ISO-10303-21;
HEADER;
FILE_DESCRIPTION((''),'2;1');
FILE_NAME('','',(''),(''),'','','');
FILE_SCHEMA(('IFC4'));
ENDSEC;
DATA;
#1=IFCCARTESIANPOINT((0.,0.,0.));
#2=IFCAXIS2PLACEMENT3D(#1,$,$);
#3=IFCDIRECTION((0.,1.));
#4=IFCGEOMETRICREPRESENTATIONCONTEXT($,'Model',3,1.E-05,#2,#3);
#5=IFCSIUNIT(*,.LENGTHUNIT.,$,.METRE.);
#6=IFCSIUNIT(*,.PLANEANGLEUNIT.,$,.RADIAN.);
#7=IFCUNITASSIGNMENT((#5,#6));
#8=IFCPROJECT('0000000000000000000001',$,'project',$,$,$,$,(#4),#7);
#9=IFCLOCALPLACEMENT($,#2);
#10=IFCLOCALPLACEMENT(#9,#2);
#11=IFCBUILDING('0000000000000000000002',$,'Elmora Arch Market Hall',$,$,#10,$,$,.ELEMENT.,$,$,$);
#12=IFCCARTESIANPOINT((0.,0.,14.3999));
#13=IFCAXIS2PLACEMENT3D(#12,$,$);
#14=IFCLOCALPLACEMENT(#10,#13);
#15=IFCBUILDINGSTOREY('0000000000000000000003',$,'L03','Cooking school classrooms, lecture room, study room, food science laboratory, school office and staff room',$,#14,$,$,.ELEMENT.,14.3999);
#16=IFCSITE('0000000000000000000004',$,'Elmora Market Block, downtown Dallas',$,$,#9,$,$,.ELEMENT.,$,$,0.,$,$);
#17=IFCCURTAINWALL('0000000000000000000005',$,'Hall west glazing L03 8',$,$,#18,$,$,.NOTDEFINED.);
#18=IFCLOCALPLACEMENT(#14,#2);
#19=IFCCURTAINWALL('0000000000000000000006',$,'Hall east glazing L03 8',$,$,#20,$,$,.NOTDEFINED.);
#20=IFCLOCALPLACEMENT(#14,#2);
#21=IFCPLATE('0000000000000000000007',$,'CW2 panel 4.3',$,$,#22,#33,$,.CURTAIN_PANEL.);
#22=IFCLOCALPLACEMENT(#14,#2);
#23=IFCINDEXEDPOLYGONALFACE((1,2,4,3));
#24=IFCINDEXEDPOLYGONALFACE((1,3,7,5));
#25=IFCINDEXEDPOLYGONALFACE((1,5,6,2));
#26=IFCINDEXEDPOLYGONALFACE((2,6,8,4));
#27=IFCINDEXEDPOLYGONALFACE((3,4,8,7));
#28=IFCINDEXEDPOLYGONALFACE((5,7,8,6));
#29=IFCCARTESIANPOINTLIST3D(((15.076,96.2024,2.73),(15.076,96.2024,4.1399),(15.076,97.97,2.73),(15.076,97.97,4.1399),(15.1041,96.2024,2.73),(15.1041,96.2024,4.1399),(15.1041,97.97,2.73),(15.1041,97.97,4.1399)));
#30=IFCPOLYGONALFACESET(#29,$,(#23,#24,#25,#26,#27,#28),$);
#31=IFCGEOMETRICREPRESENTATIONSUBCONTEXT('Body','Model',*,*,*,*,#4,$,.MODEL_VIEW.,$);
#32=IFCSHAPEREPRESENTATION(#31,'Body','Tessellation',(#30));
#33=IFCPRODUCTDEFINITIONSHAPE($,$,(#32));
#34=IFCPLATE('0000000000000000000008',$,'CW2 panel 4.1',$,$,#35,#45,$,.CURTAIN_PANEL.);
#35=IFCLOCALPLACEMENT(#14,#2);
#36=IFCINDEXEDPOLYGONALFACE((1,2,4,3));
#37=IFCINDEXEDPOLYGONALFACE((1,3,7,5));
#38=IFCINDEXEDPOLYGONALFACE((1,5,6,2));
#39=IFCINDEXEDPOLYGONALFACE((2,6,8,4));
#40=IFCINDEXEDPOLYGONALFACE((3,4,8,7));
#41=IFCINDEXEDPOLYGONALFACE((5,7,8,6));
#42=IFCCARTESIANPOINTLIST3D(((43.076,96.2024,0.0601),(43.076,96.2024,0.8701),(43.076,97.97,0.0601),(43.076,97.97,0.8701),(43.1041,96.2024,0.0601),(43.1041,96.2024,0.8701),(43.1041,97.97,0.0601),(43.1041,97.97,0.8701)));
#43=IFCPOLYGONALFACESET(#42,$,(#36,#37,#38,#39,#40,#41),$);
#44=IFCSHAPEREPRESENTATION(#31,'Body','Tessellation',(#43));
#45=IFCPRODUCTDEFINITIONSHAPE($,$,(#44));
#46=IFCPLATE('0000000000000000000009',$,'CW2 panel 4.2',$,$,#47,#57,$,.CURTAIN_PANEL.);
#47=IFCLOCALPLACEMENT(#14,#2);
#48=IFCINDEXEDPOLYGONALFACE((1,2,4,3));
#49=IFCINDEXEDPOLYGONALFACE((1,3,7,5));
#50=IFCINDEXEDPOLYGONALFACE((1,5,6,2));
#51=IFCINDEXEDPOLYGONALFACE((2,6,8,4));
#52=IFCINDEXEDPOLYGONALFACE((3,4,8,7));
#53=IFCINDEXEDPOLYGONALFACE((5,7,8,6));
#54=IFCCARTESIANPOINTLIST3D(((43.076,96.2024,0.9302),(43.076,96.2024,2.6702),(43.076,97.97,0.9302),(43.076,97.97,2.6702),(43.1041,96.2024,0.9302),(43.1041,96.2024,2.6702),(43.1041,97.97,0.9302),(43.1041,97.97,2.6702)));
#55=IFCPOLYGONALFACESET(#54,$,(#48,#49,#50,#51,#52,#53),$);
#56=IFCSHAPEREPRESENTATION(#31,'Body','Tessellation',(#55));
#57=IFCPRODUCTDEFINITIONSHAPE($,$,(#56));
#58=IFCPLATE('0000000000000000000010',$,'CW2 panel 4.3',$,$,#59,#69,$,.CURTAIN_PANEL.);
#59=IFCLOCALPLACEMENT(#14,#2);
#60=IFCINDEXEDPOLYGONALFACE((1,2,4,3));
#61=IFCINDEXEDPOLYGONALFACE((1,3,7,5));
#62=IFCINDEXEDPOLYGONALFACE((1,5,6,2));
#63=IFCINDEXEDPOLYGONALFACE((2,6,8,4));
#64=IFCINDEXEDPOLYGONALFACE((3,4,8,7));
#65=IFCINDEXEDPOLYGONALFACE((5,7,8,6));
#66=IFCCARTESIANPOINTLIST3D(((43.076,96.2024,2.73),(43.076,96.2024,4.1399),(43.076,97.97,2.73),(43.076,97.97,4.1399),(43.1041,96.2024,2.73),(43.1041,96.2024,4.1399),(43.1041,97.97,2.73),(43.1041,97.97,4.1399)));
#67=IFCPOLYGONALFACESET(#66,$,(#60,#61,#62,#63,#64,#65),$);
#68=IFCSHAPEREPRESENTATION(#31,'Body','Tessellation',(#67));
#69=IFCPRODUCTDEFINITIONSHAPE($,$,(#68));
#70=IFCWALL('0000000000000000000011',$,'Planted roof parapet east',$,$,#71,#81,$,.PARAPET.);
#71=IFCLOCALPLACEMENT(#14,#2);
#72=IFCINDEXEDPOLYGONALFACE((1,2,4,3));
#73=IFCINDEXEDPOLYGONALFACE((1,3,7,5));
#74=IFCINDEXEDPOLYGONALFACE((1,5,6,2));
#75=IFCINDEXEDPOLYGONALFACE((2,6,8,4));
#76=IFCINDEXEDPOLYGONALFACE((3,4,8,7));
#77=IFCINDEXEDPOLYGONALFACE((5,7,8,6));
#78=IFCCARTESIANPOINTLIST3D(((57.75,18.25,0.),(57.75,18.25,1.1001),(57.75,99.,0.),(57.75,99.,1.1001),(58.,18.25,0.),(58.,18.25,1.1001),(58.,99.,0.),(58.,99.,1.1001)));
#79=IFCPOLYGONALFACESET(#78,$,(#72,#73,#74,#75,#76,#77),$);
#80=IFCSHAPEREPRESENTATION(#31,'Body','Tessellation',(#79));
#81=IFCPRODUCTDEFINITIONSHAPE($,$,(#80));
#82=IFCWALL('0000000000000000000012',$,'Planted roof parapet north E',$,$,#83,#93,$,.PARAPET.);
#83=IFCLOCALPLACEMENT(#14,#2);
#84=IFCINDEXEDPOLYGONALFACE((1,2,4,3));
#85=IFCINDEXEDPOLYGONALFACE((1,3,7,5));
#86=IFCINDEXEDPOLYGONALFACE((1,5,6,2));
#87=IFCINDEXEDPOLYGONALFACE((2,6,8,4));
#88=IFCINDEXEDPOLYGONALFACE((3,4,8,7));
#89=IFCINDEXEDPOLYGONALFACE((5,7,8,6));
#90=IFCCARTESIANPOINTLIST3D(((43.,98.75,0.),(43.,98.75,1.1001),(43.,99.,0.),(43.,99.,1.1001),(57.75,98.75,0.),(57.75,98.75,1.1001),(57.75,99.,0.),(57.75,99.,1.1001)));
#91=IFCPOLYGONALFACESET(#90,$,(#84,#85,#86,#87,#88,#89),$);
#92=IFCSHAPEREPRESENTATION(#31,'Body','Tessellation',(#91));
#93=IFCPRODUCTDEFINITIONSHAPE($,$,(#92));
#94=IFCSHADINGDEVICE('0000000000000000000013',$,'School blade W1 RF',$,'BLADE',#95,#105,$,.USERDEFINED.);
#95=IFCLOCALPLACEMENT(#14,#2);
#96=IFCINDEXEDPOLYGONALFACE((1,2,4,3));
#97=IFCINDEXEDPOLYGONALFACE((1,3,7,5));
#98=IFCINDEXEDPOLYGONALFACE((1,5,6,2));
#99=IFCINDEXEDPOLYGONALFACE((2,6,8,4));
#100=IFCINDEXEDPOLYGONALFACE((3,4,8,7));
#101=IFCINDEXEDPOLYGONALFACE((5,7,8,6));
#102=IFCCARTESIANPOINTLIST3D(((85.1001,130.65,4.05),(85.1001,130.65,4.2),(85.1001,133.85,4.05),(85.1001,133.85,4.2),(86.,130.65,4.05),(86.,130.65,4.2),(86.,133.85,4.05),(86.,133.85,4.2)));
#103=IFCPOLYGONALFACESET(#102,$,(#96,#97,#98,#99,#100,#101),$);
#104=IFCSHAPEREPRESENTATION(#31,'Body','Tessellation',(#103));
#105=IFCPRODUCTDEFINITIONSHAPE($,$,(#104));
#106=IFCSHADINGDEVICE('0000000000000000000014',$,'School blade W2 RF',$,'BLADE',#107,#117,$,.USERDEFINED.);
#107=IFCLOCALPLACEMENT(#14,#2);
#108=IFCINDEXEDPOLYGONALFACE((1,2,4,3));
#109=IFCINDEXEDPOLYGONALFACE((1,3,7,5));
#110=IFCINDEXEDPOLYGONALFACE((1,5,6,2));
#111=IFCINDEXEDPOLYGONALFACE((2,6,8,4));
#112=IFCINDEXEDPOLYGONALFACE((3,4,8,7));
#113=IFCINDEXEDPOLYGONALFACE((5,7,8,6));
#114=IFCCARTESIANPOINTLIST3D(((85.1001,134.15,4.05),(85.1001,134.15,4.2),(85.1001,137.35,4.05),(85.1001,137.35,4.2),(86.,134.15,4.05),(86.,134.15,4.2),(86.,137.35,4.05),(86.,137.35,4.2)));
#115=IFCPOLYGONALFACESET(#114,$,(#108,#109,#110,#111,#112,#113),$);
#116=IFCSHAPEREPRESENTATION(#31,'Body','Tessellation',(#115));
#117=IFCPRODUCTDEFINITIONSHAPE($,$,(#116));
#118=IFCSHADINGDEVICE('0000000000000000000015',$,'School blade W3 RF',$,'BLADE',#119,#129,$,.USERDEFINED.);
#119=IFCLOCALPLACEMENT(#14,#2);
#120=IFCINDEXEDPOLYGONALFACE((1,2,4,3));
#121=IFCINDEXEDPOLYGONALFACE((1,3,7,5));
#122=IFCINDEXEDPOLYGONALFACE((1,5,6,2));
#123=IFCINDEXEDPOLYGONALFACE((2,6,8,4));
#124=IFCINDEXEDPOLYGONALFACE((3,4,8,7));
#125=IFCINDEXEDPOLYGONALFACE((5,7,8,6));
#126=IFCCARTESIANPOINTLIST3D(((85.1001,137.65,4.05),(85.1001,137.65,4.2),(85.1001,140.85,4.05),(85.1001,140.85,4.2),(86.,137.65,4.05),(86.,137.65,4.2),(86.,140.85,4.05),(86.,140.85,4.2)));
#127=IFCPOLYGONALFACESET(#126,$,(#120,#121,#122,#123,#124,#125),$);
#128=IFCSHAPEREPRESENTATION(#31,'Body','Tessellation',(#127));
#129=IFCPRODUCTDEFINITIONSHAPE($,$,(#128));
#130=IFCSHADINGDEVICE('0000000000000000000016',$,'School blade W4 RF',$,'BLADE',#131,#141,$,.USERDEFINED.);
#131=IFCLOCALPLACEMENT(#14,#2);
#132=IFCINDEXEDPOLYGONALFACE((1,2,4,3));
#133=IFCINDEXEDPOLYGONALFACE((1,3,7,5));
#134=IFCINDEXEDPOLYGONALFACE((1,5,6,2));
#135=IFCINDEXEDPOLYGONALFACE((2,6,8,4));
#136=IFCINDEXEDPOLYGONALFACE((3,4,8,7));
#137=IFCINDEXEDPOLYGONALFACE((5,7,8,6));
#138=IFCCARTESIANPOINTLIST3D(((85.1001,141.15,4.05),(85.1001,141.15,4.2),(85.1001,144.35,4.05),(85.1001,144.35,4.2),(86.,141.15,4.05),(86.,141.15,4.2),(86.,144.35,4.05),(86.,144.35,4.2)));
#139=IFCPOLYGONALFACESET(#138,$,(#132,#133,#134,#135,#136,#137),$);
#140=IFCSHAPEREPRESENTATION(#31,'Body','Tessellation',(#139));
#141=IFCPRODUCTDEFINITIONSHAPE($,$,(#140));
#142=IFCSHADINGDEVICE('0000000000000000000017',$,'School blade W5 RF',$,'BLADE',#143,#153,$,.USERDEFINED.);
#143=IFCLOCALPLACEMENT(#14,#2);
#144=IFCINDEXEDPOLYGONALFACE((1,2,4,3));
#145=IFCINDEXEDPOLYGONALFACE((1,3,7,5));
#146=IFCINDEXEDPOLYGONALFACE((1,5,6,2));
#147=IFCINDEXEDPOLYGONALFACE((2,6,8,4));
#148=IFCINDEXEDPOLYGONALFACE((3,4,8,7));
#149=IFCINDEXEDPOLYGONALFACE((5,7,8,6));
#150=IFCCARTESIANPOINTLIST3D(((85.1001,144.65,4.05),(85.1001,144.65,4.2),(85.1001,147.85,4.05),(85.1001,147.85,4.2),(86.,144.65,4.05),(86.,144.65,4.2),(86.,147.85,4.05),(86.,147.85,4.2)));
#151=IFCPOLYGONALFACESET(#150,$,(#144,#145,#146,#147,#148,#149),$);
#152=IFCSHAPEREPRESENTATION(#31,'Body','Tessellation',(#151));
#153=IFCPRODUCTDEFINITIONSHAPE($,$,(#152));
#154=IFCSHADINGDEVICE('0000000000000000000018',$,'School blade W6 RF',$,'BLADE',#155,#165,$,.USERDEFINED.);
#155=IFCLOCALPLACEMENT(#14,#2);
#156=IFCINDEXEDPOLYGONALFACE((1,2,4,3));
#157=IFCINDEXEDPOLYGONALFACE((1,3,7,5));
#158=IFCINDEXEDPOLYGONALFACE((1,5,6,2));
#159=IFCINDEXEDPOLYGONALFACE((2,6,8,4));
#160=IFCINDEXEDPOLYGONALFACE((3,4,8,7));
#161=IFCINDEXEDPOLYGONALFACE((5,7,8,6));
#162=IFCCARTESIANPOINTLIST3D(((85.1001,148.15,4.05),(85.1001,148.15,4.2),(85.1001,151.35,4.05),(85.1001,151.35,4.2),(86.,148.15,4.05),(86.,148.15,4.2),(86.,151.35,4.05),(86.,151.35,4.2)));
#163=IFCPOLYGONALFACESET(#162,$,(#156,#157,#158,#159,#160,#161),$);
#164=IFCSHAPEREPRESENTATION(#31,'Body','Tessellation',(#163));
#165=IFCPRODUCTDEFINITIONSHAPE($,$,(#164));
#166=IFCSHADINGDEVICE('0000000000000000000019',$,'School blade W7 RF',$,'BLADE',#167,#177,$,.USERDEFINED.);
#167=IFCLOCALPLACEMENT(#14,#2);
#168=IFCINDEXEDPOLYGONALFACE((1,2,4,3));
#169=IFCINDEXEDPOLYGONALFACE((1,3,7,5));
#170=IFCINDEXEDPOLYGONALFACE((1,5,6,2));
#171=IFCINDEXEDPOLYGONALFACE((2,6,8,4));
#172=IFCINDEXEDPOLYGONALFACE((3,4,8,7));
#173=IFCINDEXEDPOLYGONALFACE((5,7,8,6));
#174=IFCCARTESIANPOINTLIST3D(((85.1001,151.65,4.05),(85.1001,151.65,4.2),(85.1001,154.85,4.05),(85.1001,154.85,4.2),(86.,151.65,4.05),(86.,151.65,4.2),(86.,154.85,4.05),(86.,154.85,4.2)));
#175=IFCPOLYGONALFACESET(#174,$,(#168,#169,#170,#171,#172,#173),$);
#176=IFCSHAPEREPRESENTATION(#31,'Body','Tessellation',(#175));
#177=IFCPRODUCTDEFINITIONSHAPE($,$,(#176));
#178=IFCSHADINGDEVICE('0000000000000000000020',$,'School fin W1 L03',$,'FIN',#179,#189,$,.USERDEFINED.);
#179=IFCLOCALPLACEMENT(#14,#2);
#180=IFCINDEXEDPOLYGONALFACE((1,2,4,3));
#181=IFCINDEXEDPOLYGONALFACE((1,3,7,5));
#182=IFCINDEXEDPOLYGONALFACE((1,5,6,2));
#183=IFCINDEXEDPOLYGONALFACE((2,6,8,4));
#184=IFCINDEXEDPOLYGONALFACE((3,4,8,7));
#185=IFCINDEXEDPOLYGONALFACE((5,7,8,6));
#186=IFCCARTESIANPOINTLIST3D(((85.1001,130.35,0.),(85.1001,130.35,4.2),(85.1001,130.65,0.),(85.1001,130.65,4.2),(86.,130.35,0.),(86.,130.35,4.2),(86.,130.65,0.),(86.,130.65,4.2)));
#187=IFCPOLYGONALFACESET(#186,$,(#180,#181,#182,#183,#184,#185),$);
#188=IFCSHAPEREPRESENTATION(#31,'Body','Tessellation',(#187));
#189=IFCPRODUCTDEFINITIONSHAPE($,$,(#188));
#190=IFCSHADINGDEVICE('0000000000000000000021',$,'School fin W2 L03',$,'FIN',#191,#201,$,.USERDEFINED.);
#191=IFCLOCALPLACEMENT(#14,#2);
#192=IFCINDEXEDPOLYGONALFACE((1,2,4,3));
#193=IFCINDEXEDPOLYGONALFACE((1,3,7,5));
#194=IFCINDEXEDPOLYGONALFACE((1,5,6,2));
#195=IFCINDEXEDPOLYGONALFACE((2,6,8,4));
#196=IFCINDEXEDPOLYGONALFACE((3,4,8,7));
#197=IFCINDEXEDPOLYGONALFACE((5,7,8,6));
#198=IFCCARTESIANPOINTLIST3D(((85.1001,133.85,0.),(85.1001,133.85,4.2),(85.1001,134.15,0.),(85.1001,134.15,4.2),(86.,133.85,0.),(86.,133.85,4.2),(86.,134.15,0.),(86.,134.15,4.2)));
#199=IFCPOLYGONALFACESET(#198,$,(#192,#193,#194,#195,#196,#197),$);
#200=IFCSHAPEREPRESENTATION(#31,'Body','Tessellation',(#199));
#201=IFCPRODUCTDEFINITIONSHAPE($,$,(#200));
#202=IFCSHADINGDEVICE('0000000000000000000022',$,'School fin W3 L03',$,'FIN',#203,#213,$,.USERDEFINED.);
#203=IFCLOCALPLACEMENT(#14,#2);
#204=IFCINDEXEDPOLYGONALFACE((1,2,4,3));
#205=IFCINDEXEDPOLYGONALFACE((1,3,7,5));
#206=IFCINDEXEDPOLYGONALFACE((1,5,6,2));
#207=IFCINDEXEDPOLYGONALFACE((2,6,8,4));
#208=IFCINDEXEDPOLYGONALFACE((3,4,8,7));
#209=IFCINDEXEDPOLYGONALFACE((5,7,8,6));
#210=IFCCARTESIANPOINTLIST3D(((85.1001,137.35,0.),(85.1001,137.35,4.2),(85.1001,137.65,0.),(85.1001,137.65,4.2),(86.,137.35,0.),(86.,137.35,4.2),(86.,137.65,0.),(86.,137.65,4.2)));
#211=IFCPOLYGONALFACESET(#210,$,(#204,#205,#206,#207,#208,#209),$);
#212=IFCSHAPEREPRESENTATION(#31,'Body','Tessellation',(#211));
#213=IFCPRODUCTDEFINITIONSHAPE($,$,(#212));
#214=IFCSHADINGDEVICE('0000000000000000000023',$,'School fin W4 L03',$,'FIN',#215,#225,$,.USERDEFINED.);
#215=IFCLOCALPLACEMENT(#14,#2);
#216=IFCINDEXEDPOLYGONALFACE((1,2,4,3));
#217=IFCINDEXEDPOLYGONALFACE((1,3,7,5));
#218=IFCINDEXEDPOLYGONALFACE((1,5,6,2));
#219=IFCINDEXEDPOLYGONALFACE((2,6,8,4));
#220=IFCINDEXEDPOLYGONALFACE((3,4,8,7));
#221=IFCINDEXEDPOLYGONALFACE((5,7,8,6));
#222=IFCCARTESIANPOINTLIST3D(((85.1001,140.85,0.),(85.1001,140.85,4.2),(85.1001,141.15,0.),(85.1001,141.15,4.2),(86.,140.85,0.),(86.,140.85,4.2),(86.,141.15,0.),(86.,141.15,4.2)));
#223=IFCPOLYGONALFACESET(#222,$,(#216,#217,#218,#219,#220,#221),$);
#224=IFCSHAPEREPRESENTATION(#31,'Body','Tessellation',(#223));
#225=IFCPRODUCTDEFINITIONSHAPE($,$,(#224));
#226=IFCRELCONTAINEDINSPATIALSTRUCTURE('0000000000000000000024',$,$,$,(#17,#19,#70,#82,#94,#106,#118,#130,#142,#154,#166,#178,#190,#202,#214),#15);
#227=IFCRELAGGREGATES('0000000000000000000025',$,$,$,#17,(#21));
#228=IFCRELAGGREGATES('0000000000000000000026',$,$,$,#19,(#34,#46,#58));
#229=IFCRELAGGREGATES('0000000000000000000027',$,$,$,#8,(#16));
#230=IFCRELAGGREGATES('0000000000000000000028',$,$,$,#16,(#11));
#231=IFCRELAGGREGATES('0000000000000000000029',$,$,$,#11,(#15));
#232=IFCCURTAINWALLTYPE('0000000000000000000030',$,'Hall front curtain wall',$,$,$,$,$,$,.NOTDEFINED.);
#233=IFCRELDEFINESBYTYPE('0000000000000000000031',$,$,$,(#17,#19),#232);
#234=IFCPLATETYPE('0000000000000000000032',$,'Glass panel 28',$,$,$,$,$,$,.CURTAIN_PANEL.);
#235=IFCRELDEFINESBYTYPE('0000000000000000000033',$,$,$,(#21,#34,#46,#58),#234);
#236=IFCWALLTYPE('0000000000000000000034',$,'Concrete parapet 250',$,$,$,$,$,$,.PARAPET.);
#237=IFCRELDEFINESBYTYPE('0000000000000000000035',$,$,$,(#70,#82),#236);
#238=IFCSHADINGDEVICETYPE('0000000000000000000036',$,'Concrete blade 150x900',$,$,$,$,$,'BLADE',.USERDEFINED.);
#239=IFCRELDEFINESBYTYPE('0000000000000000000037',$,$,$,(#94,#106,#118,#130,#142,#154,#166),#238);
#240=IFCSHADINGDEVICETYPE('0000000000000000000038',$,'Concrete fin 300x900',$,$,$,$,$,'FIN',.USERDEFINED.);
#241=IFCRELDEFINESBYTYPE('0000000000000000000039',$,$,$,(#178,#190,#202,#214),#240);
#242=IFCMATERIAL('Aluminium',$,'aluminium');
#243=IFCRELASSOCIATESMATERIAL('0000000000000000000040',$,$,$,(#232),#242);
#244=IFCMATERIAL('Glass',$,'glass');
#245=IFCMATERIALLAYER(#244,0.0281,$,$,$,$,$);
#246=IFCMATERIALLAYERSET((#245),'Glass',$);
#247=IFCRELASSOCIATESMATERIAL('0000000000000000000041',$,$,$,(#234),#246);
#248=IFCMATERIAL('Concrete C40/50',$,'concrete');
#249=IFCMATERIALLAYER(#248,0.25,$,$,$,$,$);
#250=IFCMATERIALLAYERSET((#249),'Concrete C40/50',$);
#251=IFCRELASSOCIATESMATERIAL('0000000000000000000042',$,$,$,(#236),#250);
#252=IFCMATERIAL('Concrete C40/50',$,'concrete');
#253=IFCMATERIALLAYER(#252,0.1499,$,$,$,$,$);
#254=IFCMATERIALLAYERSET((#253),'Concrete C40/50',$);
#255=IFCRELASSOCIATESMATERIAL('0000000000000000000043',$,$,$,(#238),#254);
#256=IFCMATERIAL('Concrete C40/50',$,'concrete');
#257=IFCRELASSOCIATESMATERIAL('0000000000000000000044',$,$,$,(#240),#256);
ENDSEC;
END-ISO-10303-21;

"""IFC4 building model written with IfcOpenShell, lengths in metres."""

from ifc_helpers import new_model, si_unit, direction, frame, frame_2d, origin, origin_2d, place, context, subcontext, project, spatial, rectangle, extrude, material, layer, layer_set, type_object, element, aggregate, save


model = new_model("IFC4")

# Units and contexts
model_context = context("Model", 3, precision=1e-05, world=origin(), true_north=direction((0.0, 1.0)))
body_context = subcontext(model_context, "Body", "Model", "MODEL_VIEW")
ifc_project = project(units=[si_unit("LENGTHUNIT", "METRE"), si_unit("PLANEANGLEUNIT", "RADIAN")], contexts=[model_context])

# Site, building, storey
site_placement = place(None, origin())
site = spatial("IfcSite", under=ifc_project, at=site_placement, Name="Elmora Market Block, downtown Dallas", CompositionType="ELEMENT", RefElevation=0.0)
building_placement = place(site_placement, origin())
building = spatial("IfcBuilding", under=site, at=building_placement, Name="Elmora Arch Market Hall", CompositionType="ELEMENT")
storey_placement = place(building_placement, frame((0.0, 0.0, 14.3999)))
storey = spatial("IfcBuildingStorey", under=building, at=storey_placement, Name="L03", Description="Cooking school classrooms, lecture room, study room, food science laboratory, school office and staff room", CompositionType="ELEMENT", Elevation=14.3999)

# Curtain walls
ifc_material_1 = material(Name="Aluminium", Category="aluminium")
curtain_wall_type = type_object("IfcCurtainWallType", Name="Hall front curtain wall", PredefinedType="NOTDEFINED", material=ifc_material_1)
curtain_wall_1_placement = place(storey_placement, origin())
curtain_wall_1 = element("IfcCurtainWall", 1, at=curtain_wall_1_placement, inside=storey, type_object=curtain_wall_type, Name="Hall west glazing L03 8", PredefinedType="NOTDEFINED")
curtain_wall_2_placement = place(storey_placement, origin())
curtain_wall_2 = element("IfcCurtainWall", 2, at=curtain_wall_2_placement, inside=storey, type_object=curtain_wall_type, Name="Hall east glazing L03 8", PredefinedType="NOTDEFINED")

# Plates
ifc_material_2 = material(Name="Glass", Category="glass")
ifc_layer_1 = layer(ifc_material_2, 0.0281)
ifc_layer_set_1 = layer_set([ifc_layer_1], Name="Glass")
plate_type = type_object("IfcPlateType", Name="Glass panel 28", PredefinedType="CURTAIN_PANEL", material=ifc_layer_set_1)
plate_1_placement = place(storey_placement, frame((15.0901, 97.0862, 2.73), z_axis=(0.0, 0.0, 1.0), x_axis=(0.0, 1.0, 0.0)))
plate_1 = element("IfcPlate", 3, at=plate_1_placement, type_object=plate_type, Name="CW2 panel 4.3", PredefinedType="CURTAIN_PANEL", context=body_context, shape_type="SweptSolid", body=[
    extrude(rectangle(XDim=1.7676, YDim=0.0281, at=origin_2d()), origin(), (0.0, 0.0, 1.0), 1.4099),
])
aggregate(curtain_wall_1, [plate_1])
plate_2_placement = place(storey_placement, frame((43.0901, 97.0862, 0.0601), z_axis=(0.0, 0.0, 1.0), x_axis=(0.0, 1.0, 0.0)))
plate_2 = element("IfcPlate", 4, at=plate_2_placement, type_object=plate_type, Name="CW2 panel 4.1", PredefinedType="CURTAIN_PANEL", context=body_context, shape_type="SweptSolid", body=[
    extrude(rectangle(XDim=1.7676, YDim=0.0281, at=origin_2d()), origin(), (0.0, 0.0, 1.0), 0.8101),
])
plate_3_placement = place(storey_placement, frame((43.0901, 97.0862, 0.9302), z_axis=(0.0, 0.0, 1.0), x_axis=(0.0, 1.0, 0.0)))
plate_3 = element("IfcPlate", 5, at=plate_3_placement, type_object=plate_type, Name="CW2 panel 4.2", PredefinedType="CURTAIN_PANEL", context=body_context, shape_type="SweptSolid", body=[
    extrude(rectangle(XDim=1.7676, YDim=0.0281, at=origin_2d()), origin(), (0.0, 0.0, 1.0), 1.74),
])
plate_4_placement = place(storey_placement, frame((43.0901, 97.0862, 2.73), z_axis=(0.0, 0.0, 1.0), x_axis=(0.0, 1.0, 0.0)))
plate_4 = element("IfcPlate", 6, at=plate_4_placement, type_object=plate_type, Name="CW2 panel 4.3", PredefinedType="CURTAIN_PANEL", context=body_context, shape_type="SweptSolid", body=[
    extrude(rectangle(XDim=1.7676, YDim=0.0281, at=origin_2d()), origin(), (0.0, 0.0, 1.0), 1.4099),
])
aggregate(curtain_wall_2, [plate_2, plate_3, plate_4])

# Walls
ifc_material_3 = material(Name="Concrete C40/50", Category="concrete")
ifc_layer_2 = layer(ifc_material_3, 0.25)
ifc_layer_set_2 = layer_set([ifc_layer_2], Name="Concrete C40/50")
wall_type = type_object("IfcWallType", Name="Concrete parapet 250", PredefinedType="PARAPET", material=ifc_layer_set_2)
wall_1_placement = place(storey_placement, frame((57.875, 99.0, 0.0), z_axis=(0.0, 0.0, 1.0), x_axis=(0.0, -1.0, 0.0)))
element("IfcWall", 7, at=wall_1_placement, inside=storey, type_object=wall_type, Name="Planted roof parapet east", PredefinedType="PARAPET", context=body_context, shape_type="SweptSolid", body=[
    extrude(rectangle(XDim=80.75, YDim=0.25, at=frame_2d((40.375, 0.0))), origin(), (0.0, 0.0, 1.0), 1.1001),
])
wall_2_placement = place(storey_placement, frame((43.0, 98.875, 0.0), z_axis=(0.0, 0.0, 1.0), x_axis=(1.0, 0.0, 0.0)))
element("IfcWall", 8, at=wall_2_placement, inside=storey, type_object=wall_type, Name="Planted roof parapet north E", PredefinedType="PARAPET", context=body_context, shape_type="SweptSolid", body=[
    extrude(rectangle(XDim=14.75, YDim=0.25, at=frame_2d((7.375, 0.0))), origin(), (0.0, 0.0, 1.0), 1.1001),
])

# Shading devices
ifc_material_4 = material(Name="Concrete C40/50", Category="concrete")
ifc_layer_3 = layer(ifc_material_4, 0.1499)
ifc_layer_set_3 = layer_set([ifc_layer_3], Name="Concrete C40/50")
shading_device_type_1 = type_object("IfcShadingDeviceType", Name="Concrete blade 150x900", ElementType="BLADE", PredefinedType="USERDEFINED", material=ifc_layer_set_3)
for number, where, z_axis, x_axis, name in (
    (9, (85.55, 132.25, 4.05), (0.0, 0.0, 1.0), (1.0, 0.0, 0.0), "School blade W1 RF"),
    (10, (85.55, 135.75, 4.05), (0.0, 0.0, 1.0), (1.0, 0.0, 0.0), "School blade W2 RF"),
    (11, (85.55, 139.25, 4.05), (0.0, 0.0, 1.0), (1.0, 0.0, 0.0), "School blade W3 RF"),
    (12, (85.55, 142.75, 4.05), (0.0, 0.0, 1.0), (1.0, 0.0, 0.0), "School blade W4 RF"),
    (13, (85.55, 146.25, 4.05), (0.0, 0.0, 1.0), (1.0, 0.0, 0.0), "School blade W5 RF"),
    (14, (85.55, 149.75, 4.05), (0.0, 0.0, 1.0), (1.0, 0.0, 0.0), "School blade W6 RF"),
    (15, (85.55, 153.25, 4.05), (0.0, 0.0, 1.0), (1.0, 0.0, 0.0), "School blade W7 RF"),
):
    element("IfcShadingDevice", number, at=place(storey_placement, frame(where, z_axis=z_axis, x_axis=x_axis)), inside=storey, type_object=shading_device_type_1, Name=name, ObjectType="BLADE", PredefinedType="USERDEFINED", context=body_context, shape_type="SweptSolid", body=[
        extrude(rectangle(XDim=0.8999, YDim=3.2, at=origin_2d()), origin(), (0.0, 0.0, 1.0), 0.1499),
    ])
ifc_material_5 = material(Name="Concrete C40/50", Category="concrete")
shading_device_type_2 = type_object("IfcShadingDeviceType", Name="Concrete fin 300x900", ElementType="FIN", PredefinedType="USERDEFINED", material=ifc_material_5)
for number, where, z_axis, x_axis, name in (
    (16, (85.55, 130.5, 0.0), (0.0, 0.0, 1.0), (1.0, 0.0, 0.0), "School fin W1 L03"),
    (17, (85.55, 134.0, 0.0), (0.0, 0.0, 1.0), (1.0, 0.0, 0.0), "School fin W2 L03"),
    (18, (85.55, 137.5, 0.0), (0.0, 0.0, 1.0), (1.0, 0.0, 0.0), "School fin W3 L03"),
    (19, (85.55, 141.0, 0.0), (0.0, 0.0, 1.0), (1.0, 0.0, 0.0), "School fin W4 L03"),
):
    element("IfcShadingDevice", number, at=place(storey_placement, frame(where, z_axis=z_axis, x_axis=x_axis)), inside=storey, type_object=shading_device_type_2, Name=name, ObjectType="FIN", PredefinedType="USERDEFINED", context=body_context, shape_type="SweptSolid", body=[
        extrude(rectangle(XDim=0.8999, YDim=0.3, at=origin_2d()), origin(), (0.0, 0.0, 1.0), 4.2),
    ])

save(model, "model.ifc")
